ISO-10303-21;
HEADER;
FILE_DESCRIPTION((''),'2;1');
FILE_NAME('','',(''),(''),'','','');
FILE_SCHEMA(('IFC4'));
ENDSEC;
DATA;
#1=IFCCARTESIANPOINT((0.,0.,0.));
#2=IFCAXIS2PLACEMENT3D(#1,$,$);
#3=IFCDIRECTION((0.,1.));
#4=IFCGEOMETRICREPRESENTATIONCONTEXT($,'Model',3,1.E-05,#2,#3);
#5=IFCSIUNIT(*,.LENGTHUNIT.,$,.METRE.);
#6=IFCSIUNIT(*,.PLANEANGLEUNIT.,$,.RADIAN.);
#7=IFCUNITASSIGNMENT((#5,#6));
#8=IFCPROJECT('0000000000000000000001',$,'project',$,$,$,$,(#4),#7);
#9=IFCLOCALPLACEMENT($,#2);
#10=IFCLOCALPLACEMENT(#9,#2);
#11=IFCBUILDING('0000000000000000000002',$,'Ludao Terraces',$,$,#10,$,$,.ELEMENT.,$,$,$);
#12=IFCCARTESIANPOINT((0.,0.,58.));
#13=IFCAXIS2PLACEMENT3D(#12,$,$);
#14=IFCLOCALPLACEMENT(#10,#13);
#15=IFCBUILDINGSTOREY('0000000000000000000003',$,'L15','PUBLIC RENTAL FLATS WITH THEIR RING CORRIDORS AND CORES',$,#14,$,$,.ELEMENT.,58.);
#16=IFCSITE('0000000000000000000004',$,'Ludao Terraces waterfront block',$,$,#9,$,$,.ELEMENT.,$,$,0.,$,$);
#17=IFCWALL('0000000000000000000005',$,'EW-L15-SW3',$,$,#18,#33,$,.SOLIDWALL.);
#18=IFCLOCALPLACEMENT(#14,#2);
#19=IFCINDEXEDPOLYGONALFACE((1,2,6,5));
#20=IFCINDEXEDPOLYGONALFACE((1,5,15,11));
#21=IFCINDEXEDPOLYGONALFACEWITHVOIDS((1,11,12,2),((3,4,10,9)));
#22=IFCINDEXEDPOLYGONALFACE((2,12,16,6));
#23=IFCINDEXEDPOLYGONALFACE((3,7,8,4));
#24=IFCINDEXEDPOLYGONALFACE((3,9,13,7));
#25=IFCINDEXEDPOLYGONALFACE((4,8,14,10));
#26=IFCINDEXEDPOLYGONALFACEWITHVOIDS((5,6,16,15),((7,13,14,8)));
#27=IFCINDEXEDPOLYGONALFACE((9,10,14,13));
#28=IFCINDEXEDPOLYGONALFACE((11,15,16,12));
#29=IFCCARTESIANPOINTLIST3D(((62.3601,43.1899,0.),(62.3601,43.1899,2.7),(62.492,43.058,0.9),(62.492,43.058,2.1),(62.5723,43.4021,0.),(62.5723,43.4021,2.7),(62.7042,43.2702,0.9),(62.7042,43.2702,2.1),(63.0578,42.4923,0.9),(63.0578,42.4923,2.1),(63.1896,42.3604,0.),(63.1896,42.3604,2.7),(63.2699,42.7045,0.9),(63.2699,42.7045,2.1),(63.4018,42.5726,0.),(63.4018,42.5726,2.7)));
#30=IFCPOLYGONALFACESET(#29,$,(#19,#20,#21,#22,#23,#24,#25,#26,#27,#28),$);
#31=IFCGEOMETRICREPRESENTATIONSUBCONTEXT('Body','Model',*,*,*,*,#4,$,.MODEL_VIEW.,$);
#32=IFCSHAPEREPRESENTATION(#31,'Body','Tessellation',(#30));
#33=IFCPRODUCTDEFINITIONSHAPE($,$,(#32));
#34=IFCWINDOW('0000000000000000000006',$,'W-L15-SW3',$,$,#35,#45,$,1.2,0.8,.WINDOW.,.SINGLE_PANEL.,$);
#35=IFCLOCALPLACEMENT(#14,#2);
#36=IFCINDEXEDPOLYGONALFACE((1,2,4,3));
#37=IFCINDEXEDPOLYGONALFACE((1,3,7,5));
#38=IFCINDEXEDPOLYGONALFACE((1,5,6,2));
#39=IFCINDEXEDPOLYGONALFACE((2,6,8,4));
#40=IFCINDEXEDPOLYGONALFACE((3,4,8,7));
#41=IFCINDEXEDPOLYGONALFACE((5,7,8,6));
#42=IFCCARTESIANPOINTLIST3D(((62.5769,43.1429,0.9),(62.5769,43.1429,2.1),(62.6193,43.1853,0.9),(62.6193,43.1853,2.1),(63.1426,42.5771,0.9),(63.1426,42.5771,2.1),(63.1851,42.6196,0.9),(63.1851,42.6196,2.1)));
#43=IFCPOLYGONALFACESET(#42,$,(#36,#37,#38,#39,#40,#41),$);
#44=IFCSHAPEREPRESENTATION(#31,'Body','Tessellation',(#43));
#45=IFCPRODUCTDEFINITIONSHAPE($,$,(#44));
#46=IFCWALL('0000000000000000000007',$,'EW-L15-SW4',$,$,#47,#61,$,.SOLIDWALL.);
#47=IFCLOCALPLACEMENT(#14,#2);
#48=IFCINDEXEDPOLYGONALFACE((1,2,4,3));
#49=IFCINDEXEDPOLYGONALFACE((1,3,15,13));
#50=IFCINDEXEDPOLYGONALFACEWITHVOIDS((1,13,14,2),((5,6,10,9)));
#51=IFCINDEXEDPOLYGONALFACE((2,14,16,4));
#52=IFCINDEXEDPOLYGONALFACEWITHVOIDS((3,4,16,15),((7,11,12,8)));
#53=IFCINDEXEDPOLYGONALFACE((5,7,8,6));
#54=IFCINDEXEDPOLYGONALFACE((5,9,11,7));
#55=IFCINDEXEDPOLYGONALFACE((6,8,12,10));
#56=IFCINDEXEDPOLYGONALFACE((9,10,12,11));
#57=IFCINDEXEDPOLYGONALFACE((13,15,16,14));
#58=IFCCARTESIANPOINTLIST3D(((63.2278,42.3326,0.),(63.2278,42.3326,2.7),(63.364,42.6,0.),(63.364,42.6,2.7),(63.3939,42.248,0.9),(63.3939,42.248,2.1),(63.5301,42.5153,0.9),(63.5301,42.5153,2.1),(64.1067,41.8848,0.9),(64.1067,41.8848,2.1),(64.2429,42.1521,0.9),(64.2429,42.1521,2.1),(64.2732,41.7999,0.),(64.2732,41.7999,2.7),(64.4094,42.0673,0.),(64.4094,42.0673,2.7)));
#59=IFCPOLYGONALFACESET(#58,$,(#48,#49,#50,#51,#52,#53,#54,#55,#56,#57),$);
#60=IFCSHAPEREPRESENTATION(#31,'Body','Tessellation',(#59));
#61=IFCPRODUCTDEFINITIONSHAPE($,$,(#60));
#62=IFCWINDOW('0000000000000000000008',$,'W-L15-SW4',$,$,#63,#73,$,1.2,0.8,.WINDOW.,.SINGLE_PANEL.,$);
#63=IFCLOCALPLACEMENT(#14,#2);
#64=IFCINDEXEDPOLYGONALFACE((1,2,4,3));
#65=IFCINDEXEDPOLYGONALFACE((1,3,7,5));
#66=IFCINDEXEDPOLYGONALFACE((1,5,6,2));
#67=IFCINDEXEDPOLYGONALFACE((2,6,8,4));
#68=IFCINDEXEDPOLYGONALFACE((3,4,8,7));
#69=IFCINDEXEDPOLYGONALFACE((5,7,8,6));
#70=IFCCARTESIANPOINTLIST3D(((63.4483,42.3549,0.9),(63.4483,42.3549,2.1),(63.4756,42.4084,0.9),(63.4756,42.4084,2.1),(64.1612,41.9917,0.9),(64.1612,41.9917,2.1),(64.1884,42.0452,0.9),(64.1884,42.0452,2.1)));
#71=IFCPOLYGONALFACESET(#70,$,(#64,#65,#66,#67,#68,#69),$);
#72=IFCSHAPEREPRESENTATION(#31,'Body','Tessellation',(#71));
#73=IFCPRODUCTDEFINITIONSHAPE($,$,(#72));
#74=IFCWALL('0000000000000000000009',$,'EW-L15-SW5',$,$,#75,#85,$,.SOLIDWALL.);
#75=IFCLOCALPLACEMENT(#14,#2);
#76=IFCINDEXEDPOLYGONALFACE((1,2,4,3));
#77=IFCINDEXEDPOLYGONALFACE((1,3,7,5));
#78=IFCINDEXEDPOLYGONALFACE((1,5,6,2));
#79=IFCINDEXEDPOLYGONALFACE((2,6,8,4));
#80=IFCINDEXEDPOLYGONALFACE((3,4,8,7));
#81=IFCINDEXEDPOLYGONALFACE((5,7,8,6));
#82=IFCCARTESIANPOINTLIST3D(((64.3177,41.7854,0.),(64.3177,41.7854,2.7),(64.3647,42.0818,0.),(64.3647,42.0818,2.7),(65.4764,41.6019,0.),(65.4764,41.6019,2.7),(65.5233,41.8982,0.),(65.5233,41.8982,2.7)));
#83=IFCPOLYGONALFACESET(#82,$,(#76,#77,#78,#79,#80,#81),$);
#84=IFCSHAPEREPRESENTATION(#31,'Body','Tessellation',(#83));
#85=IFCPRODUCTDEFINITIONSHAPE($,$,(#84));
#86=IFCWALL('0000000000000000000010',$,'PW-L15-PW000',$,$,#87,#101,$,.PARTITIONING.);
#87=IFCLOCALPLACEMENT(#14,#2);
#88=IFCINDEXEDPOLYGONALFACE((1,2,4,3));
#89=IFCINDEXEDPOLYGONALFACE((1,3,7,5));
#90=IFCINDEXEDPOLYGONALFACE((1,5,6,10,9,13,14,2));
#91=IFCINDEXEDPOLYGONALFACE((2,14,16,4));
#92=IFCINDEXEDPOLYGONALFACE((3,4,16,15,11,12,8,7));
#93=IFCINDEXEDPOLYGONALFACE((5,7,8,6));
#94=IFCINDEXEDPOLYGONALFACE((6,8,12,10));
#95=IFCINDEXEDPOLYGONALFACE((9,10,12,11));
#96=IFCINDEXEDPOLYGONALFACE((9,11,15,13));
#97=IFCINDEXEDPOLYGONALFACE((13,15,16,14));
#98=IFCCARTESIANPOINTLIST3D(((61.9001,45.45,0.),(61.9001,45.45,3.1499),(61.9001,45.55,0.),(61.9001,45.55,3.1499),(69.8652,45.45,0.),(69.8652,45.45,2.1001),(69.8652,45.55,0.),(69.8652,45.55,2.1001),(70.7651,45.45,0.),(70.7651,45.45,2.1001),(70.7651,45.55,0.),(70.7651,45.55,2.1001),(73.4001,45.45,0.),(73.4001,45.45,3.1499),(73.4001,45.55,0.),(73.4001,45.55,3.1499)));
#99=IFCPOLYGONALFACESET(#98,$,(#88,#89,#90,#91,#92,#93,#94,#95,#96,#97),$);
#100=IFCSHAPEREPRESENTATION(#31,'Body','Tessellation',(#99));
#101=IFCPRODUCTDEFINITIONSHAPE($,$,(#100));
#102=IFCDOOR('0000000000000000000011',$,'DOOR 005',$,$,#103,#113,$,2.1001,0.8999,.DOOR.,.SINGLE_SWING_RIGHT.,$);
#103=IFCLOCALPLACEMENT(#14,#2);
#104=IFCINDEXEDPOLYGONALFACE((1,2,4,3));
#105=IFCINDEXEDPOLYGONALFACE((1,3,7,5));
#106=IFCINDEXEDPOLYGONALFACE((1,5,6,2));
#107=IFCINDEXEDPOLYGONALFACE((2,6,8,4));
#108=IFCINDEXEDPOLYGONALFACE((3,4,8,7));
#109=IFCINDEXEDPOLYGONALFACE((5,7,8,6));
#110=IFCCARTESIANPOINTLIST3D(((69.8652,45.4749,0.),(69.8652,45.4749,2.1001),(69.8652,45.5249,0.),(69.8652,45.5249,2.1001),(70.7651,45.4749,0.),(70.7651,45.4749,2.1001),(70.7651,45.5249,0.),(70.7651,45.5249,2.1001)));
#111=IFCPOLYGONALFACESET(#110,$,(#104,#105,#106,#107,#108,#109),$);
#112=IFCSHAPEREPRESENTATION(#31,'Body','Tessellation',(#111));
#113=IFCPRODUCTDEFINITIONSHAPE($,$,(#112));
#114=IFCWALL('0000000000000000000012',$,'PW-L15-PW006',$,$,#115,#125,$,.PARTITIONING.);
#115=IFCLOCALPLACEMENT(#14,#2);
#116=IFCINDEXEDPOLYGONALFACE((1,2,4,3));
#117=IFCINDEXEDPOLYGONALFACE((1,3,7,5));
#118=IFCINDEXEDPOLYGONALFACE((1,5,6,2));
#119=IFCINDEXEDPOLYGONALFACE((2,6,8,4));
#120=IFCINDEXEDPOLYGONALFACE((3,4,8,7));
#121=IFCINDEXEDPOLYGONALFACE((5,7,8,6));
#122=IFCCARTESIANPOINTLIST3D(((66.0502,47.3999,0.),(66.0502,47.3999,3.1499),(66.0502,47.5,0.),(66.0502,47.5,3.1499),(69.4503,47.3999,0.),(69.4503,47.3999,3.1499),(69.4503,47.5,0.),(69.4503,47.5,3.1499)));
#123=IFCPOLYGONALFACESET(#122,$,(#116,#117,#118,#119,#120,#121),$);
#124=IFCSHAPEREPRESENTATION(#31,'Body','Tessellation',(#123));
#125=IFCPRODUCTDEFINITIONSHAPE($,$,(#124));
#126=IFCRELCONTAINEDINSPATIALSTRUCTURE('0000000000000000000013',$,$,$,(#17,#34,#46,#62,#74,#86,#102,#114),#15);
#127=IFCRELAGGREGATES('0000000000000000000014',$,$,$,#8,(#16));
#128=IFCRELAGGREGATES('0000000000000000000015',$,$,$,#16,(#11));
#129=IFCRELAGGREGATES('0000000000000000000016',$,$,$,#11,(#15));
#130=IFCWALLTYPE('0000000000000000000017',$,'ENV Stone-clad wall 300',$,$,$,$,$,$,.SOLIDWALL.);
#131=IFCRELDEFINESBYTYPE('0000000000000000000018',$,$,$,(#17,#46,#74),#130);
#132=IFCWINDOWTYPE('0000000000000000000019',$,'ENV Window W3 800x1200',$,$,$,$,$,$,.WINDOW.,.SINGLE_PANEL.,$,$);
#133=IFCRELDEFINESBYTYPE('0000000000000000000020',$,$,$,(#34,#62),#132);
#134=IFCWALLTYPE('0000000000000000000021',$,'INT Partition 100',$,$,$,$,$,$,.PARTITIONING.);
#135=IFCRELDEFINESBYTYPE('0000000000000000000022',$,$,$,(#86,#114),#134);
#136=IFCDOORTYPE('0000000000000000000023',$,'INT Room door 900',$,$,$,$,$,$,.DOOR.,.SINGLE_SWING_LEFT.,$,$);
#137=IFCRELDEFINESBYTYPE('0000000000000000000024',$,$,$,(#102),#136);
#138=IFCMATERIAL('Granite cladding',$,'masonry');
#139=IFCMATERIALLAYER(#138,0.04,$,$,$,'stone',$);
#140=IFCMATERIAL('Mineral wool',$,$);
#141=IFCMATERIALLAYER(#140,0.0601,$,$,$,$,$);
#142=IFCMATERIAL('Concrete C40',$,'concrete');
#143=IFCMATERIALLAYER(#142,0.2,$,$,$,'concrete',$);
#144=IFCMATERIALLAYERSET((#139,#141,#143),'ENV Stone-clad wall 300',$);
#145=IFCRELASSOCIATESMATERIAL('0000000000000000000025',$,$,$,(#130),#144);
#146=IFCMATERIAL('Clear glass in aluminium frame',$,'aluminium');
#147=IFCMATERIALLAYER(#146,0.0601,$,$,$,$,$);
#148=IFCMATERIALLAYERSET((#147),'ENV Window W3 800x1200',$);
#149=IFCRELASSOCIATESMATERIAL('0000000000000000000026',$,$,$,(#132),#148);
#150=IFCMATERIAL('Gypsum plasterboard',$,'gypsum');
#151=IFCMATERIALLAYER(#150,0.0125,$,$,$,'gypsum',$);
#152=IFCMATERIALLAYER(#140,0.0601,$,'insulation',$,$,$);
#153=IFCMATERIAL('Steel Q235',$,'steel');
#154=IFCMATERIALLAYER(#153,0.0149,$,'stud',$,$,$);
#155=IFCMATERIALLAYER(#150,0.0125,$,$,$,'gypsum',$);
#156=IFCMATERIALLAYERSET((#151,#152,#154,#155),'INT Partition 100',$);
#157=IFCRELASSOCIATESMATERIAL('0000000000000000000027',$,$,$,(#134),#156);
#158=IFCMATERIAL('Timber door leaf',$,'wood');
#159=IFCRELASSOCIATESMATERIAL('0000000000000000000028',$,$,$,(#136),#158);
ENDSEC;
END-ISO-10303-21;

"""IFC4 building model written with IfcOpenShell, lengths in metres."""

from ifc_helpers import new_model, si_unit, direction, frame, frame_2d, origin, place, context, subcontext, project, spatial, rectangle, extrude, material, layer, layer_set, type_object, element, fill, save


model = new_model("IFC4")

# Units and contexts
model_context = context("Model", 3, precision=1e-05, world=origin(), true_north=direction((0.0, 1.0)))
body_context = subcontext(model_context, "Body", "Model", "MODEL_VIEW")
ifc_project = project(units=[si_unit("LENGTHUNIT", "METRE"), si_unit("PLANEANGLEUNIT", "RADIAN")], contexts=[model_context])

# Site, building, storey
site_placement = place(None, origin())
site = spatial("IfcSite", under=ifc_project, at=site_placement, Name="Ludao Terraces waterfront block", CompositionType="ELEMENT", RefElevation=0.0)
building_placement = place(site_placement, origin())
building = spatial("IfcBuilding", under=site, at=building_placement, Name="Ludao Terraces", CompositionType="ELEMENT")
storey_placement = place(building_placement, frame((0.0, 0.0, 58.0)))
storey = spatial("IfcBuildingStorey", under=building, at=storey_placement, Name="L15", Description="PUBLIC RENTAL FLATS WITH THEIR RING CORRIDORS AND CORES", CompositionType="ELEMENT", Elevation=58.0)

# Shared definitions
ifc_material_1 = material(Name="Concrete C40", Category="concrete")

# Shared definitions
ifc_material_2 = material(Name="Granite cladding", Category="masonry")
ifc_layer_1 = layer(ifc_material_2, 0.04, Category="stone")
ifc_material_3 = material(Name="Mineral wool")
ifc_layer_2 = layer(ifc_material_3, 0.0601)
ifc_layer_3 = layer(ifc_material_1, 0.2, Category="concrete")
ifc_layer_set_1 = layer_set([ifc_layer_1, ifc_layer_2, ifc_layer_3], Name="ENV Stone-clad wall 300")
wall_type_1 = type_object("IfcWallType", Name="ENV Stone-clad wall 300", PredefinedType="SOLIDWALL", material=ifc_layer_set_1)
ifc_material_4 = material(Name="Clear glass in aluminium frame", Category="aluminium")

# Walls, openings, windows
ifc_layer_4 = layer(ifc_material_4, 0.0601)
ifc_layer_set_2 = layer_set([ifc_layer_4], Name="ENV Window W3 800x1200")
window_type_1 = type_object("IfcWindowType", Name="ENV Window W3 800x1200", PartitioningType="SINGLE_PANEL", PredefinedType="WINDOW", material=ifc_layer_set_2)
wall_1_placement = place(storey_placement, frame((62.4663, 43.2959, 0.0), z_axis=(0.0, 0.0, 1.0), x_axis=(0.707107, -0.707107, 0.0)))
wall_1 = element("IfcWall", 1, at=wall_1_placement, inside=storey, type_object=wall_type_1, Name="EW-L15-SW3", PredefinedType="SOLIDWALL", context=body_context, shape_type="SweptSolid", body=[
    extrude(rectangle(XDim=1.1731, YDim=0.3, at=frame_2d((0.5864, 0.0))), origin(), (0.0, 0.0, 1.0), 2.7),
])
opening_1_placement = place(wall_1_placement, frame((0.1865, 0.0, 0.8999)))
opening_1 = element("IfcOpeningElement", 2, at=opening_1_placement, cuts=wall_1, PredefinedType="OPENING", context=body_context, shape_type="SweptSolid", body=[
    extrude(rectangle(XDim=0.8, YDim=1.2, at=frame_2d((0.3999, 0.6001))), frame((0.0, 0.1602, 0.0), z_axis=(0.0, -1.0, 0.0), x_axis=(1.0, 0.0, 0.0)), (0.0, 0.0, 1.0), 0.3201),
])
window_1_placement = place(opening_1_placement, origin())
window_1 = element("IfcWindow", 3, at=window_1_placement, inside=storey, type_object=window_type_1, Name="W-L15-SW3", OverallHeight=1.2, OverallWidth=0.8, PartitioningType="SINGLE_PANEL", PredefinedType="WINDOW", context=body_context, shape_type="SweptSolid", body=[
    extrude(rectangle(XDim=0.8, YDim=1.2, at=frame_2d((0.3999, 0.6001))), frame((0.0, 0.03, 0.0), z_axis=(0.0, -1.0, 0.0), x_axis=(1.0, 0.0, 0.0)), (0.0, 0.0, 1.0), 0.0601),
])
fill(opening_1, window_1)
wall_2_placement = place(storey_placement, frame((63.2959, 42.4663, 0.0), z_axis=(0.0, 0.0, 1.0), x_axis=(0.890989, -0.454026, 0.0)))
wall_2 = element("IfcWall", 4, at=wall_2_placement, inside=storey, type_object=wall_type_1, Name="EW-L15-SW4", PredefinedType="SOLIDWALL", context=body_context, shape_type="SweptSolid", body=[
    extrude(rectangle(XDim=1.1733, YDim=0.3, at=frame_2d((0.5867, 0.0))), origin(), (0.0, 0.0, 1.0), 2.7),
])
opening_2_placement = place(wall_2_placement, frame((0.1865, 0.0, 0.8999)))
opening_2 = element("IfcOpeningElement", 5, at=opening_2_placement, cuts=wall_2, PredefinedType="OPENING", context=body_context, shape_type="SweptSolid", body=[
    extrude(rectangle(XDim=0.8, YDim=1.2, at=frame_2d((0.3999, 0.6001))), frame((0.0, 0.1602, 0.0), z_axis=(0.0, -1.0, 0.0), x_axis=(1.0, 0.0, 0.0)), (0.0, 0.0, 1.0), 0.3201),
])
window_2_placement = place(opening_2_placement, origin())
window_2 = element("IfcWindow", 6, at=window_2_placement, inside=storey, type_object=window_type_1, Name="W-L15-SW4", OverallHeight=1.2, OverallWidth=0.8, PartitioningType="SINGLE_PANEL", PredefinedType="WINDOW", context=body_context, shape_type="SweptSolid", body=[
    extrude(rectangle(XDim=0.8, YDim=1.2, at=frame_2d((0.3999, 0.6001))), frame((0.0, 0.03, 0.0), z_axis=(0.0, -1.0, 0.0), x_axis=(1.0, 0.0, 0.0)), (0.0, 0.0, 1.0), 0.0601),
])
fill(opening_2, window_2)

# Wall
wall_3_placement = place(storey_placement, frame((64.3413, 41.9336, 0.0), z_axis=(0.0, 0.0, 1.0), x_axis=(0.987678, -0.156497, 0.0)))
element("IfcWall", 7, at=wall_3_placement, inside=storey, type_object=wall_type_1, Name="EW-L15-SW5", PredefinedType="SOLIDWALL", context=body_context, shape_type="SweptSolid", body=[
    extrude(rectangle(XDim=1.1731, YDim=0.3, at=frame_2d((0.5864, 0.0))), origin(), (0.0, 0.0, 1.0), 2.7),
])

# Wall, opening, door
ifc_material_5 = material(Name="Gypsum plasterboard", Category="gypsum")
ifc_layer_5 = layer(ifc_material_5, 0.0125, Category="gypsum")
ifc_layer_6 = layer(ifc_material_3, 0.0601, Name="insulation")
ifc_material_6 = material(Name="Steel Q235", Category="steel")
ifc_layer_7 = layer(ifc_material_6, 0.0149, Name="stud")
ifc_layer_8 = layer(ifc_material_5, 0.0125, Category="gypsum")
ifc_layer_set_3 = layer_set([ifc_layer_5, ifc_layer_6, ifc_layer_7, ifc_layer_8], Name="INT Partition 100")
wall_type_2 = type_object("IfcWallType", Name="INT Partition 100", PredefinedType="PARTITIONING", material=ifc_layer_set_3)
wall_4_placement = place(storey_placement, frame((61.9001, 45.5, 0.0), z_axis=(0.0, 0.0, 1.0), x_axis=(1.0, 0.0, 0.0)))
wall_4 = element("IfcWall", 8, at=wall_4_placement, inside=storey, type_object=wall_type_2, Name="PW-L15-PW000", PredefinedType="PARTITIONING", context=body_context, shape_type="SweptSolid", body=[
    extrude(rectangle(XDim=11.5, YDim=0.1001, at=frame_2d((5.75, 0.0))), origin(), (0.0, 0.0, 1.0), 3.1499),
])
opening_3_placement = place(wall_4_placement, frame((7.9651, 0.0, 0.0)))
opening_3 = element("IfcOpeningElement", 9, at=opening_3_placement, cuts=wall_4, PredefinedType="OPENING", context=body_context, shape_type="SweptSolid", body=[
    extrude(rectangle(XDim=0.8999, YDim=2.1001, at=frame_2d((0.45, 1.05))), frame((0.0, 0.0601, 0.0), z_axis=(0.0, -1.0, 0.0), x_axis=(1.0, 0.0, 0.0)), (0.0, 0.0, 1.0), 0.1201),
])
ifc_material_7 = material(Name="Timber door leaf", Category="wood")
door_type = type_object("IfcDoorType", Name="INT Room door 900", OperationType="SINGLE_SWING_LEFT", PredefinedType="DOOR", material=ifc_material_7)
door_placement = place(opening_3_placement, origin())
door = element("IfcDoor", 10, at=door_placement, inside=storey, type_object=door_type, Name="DOOR 005", OperationType="SINGLE_SWING_RIGHT", OverallHeight=2.1001, OverallWidth=0.8999, PredefinedType="DOOR", context=body_context, shape_type="SweptSolid", body=[
    extrude(rectangle(XDim=0.8999, YDim=2.1001, at=frame_2d((0.45, 1.05))), frame((0.0, 0.0249, 0.0), z_axis=(0.0, -1.0, 0.0), x_axis=(1.0, 0.0, 0.0)), (0.0, 0.0, 1.0), 0.05),
])
fill(opening_3, door)

# Wall
wall_5_placement = place(storey_placement, frame((66.05, 47.45, 0.0), z_axis=(0.0, 0.0, 1.0), x_axis=(1.0, 0.0, 0.0)))
element("IfcWall", 11, at=wall_5_placement, inside=storey, type_object=wall_type_2, Name="PW-L15-PW006", PredefinedType="PARTITIONING", context=body_context, shape_type="SweptSolid", body=[
    extrude(rectangle(XDim=3.4001, YDim=0.1001, at=frame_2d((1.7002, 0.0))), origin(), (0.0, 0.0, 1.0), 3.1499),
])

save(model, "model.ifc")
